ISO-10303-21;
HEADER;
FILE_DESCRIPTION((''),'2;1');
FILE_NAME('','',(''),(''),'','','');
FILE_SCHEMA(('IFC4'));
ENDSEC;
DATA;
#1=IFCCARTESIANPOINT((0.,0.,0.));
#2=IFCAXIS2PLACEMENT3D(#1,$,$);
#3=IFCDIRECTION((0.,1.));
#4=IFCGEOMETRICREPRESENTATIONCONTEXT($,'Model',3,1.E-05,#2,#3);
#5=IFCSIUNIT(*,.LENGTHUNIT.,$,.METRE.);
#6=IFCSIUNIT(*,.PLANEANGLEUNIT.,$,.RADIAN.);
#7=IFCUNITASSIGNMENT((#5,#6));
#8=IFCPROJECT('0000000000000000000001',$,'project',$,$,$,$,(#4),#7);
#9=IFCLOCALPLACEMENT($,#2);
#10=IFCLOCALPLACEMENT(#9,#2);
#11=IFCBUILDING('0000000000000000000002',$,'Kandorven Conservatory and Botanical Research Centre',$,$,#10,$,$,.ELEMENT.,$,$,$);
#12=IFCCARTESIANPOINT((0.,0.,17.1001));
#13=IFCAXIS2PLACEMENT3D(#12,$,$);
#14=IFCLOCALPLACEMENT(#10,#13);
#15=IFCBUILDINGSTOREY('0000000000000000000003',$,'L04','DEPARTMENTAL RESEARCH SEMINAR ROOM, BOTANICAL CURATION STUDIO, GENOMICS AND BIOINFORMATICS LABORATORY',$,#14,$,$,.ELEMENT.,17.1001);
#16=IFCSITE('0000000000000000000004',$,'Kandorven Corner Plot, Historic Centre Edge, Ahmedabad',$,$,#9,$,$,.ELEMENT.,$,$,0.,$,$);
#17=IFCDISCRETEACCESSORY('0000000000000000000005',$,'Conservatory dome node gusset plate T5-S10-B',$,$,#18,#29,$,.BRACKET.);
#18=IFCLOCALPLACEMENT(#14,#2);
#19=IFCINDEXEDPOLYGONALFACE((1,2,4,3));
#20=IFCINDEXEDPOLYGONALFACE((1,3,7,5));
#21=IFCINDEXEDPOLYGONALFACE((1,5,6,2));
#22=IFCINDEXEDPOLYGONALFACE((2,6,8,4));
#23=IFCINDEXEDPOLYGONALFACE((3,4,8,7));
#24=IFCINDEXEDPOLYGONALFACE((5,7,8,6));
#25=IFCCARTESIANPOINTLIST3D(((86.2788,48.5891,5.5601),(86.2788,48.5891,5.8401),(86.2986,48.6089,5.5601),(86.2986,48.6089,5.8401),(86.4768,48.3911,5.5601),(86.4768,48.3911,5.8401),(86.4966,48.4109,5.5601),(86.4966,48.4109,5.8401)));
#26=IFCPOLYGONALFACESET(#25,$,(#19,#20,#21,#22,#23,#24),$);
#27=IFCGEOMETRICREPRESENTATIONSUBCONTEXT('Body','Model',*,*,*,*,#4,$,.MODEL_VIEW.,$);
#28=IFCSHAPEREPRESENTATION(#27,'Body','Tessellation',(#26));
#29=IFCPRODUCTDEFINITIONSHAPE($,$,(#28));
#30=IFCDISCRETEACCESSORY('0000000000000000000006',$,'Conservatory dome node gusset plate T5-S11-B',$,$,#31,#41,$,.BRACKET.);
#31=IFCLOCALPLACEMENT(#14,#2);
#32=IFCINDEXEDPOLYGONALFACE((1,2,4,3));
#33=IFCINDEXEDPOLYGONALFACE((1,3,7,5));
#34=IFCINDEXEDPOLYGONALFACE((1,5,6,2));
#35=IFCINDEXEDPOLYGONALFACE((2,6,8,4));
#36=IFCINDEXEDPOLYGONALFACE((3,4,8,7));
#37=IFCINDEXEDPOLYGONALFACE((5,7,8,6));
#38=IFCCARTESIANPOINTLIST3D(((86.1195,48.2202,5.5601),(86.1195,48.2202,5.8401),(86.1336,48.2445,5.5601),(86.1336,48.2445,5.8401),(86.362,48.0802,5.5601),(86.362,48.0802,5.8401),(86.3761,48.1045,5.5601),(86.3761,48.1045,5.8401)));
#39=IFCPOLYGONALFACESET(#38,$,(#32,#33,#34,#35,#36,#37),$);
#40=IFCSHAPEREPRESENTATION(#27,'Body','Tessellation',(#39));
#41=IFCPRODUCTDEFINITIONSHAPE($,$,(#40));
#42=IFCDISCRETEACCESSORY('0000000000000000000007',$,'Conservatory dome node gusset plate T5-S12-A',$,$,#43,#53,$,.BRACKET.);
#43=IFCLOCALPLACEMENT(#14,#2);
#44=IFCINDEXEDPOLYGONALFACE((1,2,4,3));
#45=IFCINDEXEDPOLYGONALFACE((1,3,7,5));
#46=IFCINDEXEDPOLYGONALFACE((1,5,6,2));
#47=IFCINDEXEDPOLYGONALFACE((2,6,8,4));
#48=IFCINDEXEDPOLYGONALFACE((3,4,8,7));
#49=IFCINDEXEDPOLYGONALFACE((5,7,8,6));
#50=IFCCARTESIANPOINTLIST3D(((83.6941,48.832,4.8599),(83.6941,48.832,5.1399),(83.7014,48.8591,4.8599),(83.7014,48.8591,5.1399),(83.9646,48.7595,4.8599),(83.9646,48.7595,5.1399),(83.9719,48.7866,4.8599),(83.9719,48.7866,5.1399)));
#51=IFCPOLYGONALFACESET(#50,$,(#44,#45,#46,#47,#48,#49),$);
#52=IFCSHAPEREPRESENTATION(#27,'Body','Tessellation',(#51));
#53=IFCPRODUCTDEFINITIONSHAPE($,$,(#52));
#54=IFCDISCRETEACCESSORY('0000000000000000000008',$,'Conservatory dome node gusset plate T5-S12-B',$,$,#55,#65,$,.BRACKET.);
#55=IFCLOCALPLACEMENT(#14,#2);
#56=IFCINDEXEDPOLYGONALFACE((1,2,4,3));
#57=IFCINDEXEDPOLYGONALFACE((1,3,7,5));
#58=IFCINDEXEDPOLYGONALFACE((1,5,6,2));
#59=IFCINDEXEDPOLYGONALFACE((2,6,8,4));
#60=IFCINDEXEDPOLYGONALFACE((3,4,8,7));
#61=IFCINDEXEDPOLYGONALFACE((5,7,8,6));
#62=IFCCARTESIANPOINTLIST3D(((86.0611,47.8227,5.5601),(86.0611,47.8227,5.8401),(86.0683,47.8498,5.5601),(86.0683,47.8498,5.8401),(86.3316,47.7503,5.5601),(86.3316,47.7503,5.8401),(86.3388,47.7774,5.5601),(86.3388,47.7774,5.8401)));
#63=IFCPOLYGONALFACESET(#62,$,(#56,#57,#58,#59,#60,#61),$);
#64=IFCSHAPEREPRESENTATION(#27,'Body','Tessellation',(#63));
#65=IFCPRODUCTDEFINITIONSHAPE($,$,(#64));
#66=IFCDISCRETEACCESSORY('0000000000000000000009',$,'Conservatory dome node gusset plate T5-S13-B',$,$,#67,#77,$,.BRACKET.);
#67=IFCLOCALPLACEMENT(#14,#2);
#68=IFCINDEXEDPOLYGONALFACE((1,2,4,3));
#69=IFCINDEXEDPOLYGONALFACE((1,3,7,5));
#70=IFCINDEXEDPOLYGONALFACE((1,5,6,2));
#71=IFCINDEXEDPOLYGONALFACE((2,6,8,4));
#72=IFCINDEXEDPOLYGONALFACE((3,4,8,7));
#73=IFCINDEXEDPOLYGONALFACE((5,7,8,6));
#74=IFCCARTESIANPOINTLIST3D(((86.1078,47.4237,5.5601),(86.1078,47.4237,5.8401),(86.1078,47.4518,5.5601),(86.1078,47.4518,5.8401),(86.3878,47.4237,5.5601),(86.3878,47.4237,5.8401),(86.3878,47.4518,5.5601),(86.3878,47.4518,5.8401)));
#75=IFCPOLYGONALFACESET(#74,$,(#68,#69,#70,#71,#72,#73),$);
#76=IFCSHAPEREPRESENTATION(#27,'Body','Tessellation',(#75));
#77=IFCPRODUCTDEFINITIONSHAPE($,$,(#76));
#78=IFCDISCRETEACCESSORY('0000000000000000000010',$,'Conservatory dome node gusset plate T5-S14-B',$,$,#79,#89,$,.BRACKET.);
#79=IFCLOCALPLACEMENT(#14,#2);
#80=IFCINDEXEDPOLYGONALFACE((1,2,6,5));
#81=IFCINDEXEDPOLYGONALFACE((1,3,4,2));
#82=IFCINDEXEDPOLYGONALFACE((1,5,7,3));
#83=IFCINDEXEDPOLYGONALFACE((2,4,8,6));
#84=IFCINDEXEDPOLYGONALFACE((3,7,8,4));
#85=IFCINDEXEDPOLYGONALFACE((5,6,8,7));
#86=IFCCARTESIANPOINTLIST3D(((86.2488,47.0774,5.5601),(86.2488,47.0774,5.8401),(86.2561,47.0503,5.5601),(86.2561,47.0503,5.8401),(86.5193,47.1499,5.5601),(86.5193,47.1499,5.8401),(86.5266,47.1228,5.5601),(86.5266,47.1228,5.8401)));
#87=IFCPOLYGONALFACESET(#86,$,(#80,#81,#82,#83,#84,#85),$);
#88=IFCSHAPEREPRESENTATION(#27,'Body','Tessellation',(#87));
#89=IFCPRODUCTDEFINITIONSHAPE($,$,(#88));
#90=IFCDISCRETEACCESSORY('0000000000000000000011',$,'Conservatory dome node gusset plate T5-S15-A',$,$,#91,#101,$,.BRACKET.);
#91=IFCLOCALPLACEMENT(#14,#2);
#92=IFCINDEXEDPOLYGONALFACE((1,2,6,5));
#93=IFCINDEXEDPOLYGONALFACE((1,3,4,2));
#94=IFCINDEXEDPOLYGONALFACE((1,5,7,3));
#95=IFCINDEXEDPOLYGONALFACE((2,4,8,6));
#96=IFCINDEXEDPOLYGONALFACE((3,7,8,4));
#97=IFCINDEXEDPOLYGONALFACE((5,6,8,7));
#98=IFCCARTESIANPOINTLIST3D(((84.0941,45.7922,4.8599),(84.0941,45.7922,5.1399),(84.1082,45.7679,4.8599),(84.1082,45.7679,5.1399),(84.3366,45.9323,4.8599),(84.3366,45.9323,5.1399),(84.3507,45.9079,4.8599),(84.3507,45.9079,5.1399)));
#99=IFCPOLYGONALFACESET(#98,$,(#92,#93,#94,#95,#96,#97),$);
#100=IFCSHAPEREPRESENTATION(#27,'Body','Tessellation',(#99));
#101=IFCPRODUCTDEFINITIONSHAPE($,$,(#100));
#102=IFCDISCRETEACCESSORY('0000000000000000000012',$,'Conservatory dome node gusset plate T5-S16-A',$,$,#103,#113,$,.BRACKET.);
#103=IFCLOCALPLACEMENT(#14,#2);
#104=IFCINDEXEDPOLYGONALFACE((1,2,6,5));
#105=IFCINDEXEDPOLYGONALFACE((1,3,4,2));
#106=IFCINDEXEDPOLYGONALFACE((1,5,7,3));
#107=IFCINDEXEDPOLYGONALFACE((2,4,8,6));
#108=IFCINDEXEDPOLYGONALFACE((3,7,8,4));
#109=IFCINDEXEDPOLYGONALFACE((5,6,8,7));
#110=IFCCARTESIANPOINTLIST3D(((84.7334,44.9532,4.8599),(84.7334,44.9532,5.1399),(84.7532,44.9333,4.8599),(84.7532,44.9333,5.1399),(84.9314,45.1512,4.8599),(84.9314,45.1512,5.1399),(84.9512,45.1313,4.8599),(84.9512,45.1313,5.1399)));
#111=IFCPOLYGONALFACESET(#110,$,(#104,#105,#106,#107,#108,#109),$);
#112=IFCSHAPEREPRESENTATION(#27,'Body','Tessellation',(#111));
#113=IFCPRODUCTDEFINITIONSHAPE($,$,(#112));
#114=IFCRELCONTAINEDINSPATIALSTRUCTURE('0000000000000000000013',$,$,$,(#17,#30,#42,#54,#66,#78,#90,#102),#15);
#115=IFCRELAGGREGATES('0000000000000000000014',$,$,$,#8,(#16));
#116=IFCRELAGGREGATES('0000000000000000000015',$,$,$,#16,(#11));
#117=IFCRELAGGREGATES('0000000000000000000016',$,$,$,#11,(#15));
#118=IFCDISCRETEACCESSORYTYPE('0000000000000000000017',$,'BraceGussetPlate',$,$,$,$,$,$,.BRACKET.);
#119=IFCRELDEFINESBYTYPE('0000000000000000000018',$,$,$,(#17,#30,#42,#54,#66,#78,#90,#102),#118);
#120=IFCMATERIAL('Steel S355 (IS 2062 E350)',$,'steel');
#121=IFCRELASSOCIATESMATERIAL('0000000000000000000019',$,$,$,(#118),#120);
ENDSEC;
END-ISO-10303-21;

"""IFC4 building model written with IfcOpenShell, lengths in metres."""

from ifc_helpers import new_model, si_unit, direction, frame, origin, origin_2d, place, context, subcontext, project, spatial, rectangle, extrude, material, type_object, element, save


model = new_model("IFC4")

# Units and contexts
model_context = context("Model", 3, precision=1e-05, world=origin(), true_north=direction((0.0, 1.0)))
body_context = subcontext(model_context, "Body", "Model", "MODEL_VIEW")
ifc_project = project(units=[si_unit("LENGTHUNIT", "METRE"), si_unit("PLANEANGLEUNIT", "RADIAN")], contexts=[model_context])

# Site, building, storey
site_placement = place(None, origin())
site = spatial("IfcSite", under=ifc_project, at=site_placement, Name="Kandorven Corner Plot, Historic Centre Edge, Ahmedabad", CompositionType="ELEMENT", RefElevation=0.0)
building_placement = place(site_placement, origin())
building = spatial("IfcBuilding", under=site, at=building_placement, Name="Kandorven Conservatory and Botanical Research Centre", CompositionType="ELEMENT")
storey_placement = place(building_placement, frame((0.0, 0.0, 17.1001)))
storey = spatial("IfcBuildingStorey", under=building, at=storey_placement, Name="L04", Description="DEPARTMENTAL RESEARCH SEMINAR ROOM, BOTANICAL CURATION STUDIO, GENOMICS AND BIOINFORMATICS LABORATORY", CompositionType="ELEMENT", Elevation=17.1001)

# Discrete accessories
ifc_material_1 = material(Name="Steel S355 (IS 2062 E350)", Category="steel")
discrete_accessory_type = type_object("IfcDiscreteAccessoryType", Name="BraceGussetPlate", PredefinedType="BRACKET", material=ifc_material_1)
for number, where, z_axis, x_axis, name in (
    (1, (86.3877, 48.5, 5.5601), (0.0, 0.0, 1.0), (-0.707107, 0.707107, 0.0), "Conservatory dome node gusset plate T5-S10-B"),
    (2, (86.2478, 48.1624, 5.5601), (0.0, 0.0, 1.0), (-0.866025, 0.5, 0.0), "Conservatory dome node gusset plate T5-S11-B"),
    (3, (83.833, 48.8093, 4.8599), (0.0, 0.0, 1.0), (-0.965926, 0.258819, 0.0), "Conservatory dome node gusset plate T5-S12-A"),
    (4, (86.2, 47.8, 5.5601), (0.0, 0.0, 1.0), (-0.965926, 0.258819, 0.0), "Conservatory dome node gusset plate T5-S12-B"),
    (5, (86.2478, 47.4377, 5.5601), (0.0, 0.0, 1.0), (-1.0, 0.0, 0.0), "Conservatory dome node gusset plate T5-S13-B"),
    (6, (86.3877, 47.1001, 5.5601), (0.0, 0.0, 1.0), (-0.965926, -0.258819, 0.0), "Conservatory dome node gusset plate T5-S14-B"),
    (7, (84.2224, 45.8501, 4.8599), (0.0, 0.0, 1.0), (-0.866025, -0.5, 0.0), "Conservatory dome node gusset plate T5-S15-A"),
    (8, (84.8423, 45.0422, 4.8599), (0.0, 0.0, 1.0), (-0.707107, -0.707107, 0.0), "Conservatory dome node gusset plate T5-S16-A"),
):
    element("IfcDiscreteAccessory", number, at=place(storey_placement, frame(where, z_axis=z_axis, x_axis=x_axis)), inside=storey, type_object=discrete_accessory_type, Name=name, PredefinedType="BRACKET", context=body_context, shape_type="SweptSolid", body=[
        extrude(rectangle(XDim=0.28, YDim=0.0281, at=origin_2d()), origin(), (0.0, 0.0, 1.0), 0.28),
    ])

save(model, "model.ifc")
